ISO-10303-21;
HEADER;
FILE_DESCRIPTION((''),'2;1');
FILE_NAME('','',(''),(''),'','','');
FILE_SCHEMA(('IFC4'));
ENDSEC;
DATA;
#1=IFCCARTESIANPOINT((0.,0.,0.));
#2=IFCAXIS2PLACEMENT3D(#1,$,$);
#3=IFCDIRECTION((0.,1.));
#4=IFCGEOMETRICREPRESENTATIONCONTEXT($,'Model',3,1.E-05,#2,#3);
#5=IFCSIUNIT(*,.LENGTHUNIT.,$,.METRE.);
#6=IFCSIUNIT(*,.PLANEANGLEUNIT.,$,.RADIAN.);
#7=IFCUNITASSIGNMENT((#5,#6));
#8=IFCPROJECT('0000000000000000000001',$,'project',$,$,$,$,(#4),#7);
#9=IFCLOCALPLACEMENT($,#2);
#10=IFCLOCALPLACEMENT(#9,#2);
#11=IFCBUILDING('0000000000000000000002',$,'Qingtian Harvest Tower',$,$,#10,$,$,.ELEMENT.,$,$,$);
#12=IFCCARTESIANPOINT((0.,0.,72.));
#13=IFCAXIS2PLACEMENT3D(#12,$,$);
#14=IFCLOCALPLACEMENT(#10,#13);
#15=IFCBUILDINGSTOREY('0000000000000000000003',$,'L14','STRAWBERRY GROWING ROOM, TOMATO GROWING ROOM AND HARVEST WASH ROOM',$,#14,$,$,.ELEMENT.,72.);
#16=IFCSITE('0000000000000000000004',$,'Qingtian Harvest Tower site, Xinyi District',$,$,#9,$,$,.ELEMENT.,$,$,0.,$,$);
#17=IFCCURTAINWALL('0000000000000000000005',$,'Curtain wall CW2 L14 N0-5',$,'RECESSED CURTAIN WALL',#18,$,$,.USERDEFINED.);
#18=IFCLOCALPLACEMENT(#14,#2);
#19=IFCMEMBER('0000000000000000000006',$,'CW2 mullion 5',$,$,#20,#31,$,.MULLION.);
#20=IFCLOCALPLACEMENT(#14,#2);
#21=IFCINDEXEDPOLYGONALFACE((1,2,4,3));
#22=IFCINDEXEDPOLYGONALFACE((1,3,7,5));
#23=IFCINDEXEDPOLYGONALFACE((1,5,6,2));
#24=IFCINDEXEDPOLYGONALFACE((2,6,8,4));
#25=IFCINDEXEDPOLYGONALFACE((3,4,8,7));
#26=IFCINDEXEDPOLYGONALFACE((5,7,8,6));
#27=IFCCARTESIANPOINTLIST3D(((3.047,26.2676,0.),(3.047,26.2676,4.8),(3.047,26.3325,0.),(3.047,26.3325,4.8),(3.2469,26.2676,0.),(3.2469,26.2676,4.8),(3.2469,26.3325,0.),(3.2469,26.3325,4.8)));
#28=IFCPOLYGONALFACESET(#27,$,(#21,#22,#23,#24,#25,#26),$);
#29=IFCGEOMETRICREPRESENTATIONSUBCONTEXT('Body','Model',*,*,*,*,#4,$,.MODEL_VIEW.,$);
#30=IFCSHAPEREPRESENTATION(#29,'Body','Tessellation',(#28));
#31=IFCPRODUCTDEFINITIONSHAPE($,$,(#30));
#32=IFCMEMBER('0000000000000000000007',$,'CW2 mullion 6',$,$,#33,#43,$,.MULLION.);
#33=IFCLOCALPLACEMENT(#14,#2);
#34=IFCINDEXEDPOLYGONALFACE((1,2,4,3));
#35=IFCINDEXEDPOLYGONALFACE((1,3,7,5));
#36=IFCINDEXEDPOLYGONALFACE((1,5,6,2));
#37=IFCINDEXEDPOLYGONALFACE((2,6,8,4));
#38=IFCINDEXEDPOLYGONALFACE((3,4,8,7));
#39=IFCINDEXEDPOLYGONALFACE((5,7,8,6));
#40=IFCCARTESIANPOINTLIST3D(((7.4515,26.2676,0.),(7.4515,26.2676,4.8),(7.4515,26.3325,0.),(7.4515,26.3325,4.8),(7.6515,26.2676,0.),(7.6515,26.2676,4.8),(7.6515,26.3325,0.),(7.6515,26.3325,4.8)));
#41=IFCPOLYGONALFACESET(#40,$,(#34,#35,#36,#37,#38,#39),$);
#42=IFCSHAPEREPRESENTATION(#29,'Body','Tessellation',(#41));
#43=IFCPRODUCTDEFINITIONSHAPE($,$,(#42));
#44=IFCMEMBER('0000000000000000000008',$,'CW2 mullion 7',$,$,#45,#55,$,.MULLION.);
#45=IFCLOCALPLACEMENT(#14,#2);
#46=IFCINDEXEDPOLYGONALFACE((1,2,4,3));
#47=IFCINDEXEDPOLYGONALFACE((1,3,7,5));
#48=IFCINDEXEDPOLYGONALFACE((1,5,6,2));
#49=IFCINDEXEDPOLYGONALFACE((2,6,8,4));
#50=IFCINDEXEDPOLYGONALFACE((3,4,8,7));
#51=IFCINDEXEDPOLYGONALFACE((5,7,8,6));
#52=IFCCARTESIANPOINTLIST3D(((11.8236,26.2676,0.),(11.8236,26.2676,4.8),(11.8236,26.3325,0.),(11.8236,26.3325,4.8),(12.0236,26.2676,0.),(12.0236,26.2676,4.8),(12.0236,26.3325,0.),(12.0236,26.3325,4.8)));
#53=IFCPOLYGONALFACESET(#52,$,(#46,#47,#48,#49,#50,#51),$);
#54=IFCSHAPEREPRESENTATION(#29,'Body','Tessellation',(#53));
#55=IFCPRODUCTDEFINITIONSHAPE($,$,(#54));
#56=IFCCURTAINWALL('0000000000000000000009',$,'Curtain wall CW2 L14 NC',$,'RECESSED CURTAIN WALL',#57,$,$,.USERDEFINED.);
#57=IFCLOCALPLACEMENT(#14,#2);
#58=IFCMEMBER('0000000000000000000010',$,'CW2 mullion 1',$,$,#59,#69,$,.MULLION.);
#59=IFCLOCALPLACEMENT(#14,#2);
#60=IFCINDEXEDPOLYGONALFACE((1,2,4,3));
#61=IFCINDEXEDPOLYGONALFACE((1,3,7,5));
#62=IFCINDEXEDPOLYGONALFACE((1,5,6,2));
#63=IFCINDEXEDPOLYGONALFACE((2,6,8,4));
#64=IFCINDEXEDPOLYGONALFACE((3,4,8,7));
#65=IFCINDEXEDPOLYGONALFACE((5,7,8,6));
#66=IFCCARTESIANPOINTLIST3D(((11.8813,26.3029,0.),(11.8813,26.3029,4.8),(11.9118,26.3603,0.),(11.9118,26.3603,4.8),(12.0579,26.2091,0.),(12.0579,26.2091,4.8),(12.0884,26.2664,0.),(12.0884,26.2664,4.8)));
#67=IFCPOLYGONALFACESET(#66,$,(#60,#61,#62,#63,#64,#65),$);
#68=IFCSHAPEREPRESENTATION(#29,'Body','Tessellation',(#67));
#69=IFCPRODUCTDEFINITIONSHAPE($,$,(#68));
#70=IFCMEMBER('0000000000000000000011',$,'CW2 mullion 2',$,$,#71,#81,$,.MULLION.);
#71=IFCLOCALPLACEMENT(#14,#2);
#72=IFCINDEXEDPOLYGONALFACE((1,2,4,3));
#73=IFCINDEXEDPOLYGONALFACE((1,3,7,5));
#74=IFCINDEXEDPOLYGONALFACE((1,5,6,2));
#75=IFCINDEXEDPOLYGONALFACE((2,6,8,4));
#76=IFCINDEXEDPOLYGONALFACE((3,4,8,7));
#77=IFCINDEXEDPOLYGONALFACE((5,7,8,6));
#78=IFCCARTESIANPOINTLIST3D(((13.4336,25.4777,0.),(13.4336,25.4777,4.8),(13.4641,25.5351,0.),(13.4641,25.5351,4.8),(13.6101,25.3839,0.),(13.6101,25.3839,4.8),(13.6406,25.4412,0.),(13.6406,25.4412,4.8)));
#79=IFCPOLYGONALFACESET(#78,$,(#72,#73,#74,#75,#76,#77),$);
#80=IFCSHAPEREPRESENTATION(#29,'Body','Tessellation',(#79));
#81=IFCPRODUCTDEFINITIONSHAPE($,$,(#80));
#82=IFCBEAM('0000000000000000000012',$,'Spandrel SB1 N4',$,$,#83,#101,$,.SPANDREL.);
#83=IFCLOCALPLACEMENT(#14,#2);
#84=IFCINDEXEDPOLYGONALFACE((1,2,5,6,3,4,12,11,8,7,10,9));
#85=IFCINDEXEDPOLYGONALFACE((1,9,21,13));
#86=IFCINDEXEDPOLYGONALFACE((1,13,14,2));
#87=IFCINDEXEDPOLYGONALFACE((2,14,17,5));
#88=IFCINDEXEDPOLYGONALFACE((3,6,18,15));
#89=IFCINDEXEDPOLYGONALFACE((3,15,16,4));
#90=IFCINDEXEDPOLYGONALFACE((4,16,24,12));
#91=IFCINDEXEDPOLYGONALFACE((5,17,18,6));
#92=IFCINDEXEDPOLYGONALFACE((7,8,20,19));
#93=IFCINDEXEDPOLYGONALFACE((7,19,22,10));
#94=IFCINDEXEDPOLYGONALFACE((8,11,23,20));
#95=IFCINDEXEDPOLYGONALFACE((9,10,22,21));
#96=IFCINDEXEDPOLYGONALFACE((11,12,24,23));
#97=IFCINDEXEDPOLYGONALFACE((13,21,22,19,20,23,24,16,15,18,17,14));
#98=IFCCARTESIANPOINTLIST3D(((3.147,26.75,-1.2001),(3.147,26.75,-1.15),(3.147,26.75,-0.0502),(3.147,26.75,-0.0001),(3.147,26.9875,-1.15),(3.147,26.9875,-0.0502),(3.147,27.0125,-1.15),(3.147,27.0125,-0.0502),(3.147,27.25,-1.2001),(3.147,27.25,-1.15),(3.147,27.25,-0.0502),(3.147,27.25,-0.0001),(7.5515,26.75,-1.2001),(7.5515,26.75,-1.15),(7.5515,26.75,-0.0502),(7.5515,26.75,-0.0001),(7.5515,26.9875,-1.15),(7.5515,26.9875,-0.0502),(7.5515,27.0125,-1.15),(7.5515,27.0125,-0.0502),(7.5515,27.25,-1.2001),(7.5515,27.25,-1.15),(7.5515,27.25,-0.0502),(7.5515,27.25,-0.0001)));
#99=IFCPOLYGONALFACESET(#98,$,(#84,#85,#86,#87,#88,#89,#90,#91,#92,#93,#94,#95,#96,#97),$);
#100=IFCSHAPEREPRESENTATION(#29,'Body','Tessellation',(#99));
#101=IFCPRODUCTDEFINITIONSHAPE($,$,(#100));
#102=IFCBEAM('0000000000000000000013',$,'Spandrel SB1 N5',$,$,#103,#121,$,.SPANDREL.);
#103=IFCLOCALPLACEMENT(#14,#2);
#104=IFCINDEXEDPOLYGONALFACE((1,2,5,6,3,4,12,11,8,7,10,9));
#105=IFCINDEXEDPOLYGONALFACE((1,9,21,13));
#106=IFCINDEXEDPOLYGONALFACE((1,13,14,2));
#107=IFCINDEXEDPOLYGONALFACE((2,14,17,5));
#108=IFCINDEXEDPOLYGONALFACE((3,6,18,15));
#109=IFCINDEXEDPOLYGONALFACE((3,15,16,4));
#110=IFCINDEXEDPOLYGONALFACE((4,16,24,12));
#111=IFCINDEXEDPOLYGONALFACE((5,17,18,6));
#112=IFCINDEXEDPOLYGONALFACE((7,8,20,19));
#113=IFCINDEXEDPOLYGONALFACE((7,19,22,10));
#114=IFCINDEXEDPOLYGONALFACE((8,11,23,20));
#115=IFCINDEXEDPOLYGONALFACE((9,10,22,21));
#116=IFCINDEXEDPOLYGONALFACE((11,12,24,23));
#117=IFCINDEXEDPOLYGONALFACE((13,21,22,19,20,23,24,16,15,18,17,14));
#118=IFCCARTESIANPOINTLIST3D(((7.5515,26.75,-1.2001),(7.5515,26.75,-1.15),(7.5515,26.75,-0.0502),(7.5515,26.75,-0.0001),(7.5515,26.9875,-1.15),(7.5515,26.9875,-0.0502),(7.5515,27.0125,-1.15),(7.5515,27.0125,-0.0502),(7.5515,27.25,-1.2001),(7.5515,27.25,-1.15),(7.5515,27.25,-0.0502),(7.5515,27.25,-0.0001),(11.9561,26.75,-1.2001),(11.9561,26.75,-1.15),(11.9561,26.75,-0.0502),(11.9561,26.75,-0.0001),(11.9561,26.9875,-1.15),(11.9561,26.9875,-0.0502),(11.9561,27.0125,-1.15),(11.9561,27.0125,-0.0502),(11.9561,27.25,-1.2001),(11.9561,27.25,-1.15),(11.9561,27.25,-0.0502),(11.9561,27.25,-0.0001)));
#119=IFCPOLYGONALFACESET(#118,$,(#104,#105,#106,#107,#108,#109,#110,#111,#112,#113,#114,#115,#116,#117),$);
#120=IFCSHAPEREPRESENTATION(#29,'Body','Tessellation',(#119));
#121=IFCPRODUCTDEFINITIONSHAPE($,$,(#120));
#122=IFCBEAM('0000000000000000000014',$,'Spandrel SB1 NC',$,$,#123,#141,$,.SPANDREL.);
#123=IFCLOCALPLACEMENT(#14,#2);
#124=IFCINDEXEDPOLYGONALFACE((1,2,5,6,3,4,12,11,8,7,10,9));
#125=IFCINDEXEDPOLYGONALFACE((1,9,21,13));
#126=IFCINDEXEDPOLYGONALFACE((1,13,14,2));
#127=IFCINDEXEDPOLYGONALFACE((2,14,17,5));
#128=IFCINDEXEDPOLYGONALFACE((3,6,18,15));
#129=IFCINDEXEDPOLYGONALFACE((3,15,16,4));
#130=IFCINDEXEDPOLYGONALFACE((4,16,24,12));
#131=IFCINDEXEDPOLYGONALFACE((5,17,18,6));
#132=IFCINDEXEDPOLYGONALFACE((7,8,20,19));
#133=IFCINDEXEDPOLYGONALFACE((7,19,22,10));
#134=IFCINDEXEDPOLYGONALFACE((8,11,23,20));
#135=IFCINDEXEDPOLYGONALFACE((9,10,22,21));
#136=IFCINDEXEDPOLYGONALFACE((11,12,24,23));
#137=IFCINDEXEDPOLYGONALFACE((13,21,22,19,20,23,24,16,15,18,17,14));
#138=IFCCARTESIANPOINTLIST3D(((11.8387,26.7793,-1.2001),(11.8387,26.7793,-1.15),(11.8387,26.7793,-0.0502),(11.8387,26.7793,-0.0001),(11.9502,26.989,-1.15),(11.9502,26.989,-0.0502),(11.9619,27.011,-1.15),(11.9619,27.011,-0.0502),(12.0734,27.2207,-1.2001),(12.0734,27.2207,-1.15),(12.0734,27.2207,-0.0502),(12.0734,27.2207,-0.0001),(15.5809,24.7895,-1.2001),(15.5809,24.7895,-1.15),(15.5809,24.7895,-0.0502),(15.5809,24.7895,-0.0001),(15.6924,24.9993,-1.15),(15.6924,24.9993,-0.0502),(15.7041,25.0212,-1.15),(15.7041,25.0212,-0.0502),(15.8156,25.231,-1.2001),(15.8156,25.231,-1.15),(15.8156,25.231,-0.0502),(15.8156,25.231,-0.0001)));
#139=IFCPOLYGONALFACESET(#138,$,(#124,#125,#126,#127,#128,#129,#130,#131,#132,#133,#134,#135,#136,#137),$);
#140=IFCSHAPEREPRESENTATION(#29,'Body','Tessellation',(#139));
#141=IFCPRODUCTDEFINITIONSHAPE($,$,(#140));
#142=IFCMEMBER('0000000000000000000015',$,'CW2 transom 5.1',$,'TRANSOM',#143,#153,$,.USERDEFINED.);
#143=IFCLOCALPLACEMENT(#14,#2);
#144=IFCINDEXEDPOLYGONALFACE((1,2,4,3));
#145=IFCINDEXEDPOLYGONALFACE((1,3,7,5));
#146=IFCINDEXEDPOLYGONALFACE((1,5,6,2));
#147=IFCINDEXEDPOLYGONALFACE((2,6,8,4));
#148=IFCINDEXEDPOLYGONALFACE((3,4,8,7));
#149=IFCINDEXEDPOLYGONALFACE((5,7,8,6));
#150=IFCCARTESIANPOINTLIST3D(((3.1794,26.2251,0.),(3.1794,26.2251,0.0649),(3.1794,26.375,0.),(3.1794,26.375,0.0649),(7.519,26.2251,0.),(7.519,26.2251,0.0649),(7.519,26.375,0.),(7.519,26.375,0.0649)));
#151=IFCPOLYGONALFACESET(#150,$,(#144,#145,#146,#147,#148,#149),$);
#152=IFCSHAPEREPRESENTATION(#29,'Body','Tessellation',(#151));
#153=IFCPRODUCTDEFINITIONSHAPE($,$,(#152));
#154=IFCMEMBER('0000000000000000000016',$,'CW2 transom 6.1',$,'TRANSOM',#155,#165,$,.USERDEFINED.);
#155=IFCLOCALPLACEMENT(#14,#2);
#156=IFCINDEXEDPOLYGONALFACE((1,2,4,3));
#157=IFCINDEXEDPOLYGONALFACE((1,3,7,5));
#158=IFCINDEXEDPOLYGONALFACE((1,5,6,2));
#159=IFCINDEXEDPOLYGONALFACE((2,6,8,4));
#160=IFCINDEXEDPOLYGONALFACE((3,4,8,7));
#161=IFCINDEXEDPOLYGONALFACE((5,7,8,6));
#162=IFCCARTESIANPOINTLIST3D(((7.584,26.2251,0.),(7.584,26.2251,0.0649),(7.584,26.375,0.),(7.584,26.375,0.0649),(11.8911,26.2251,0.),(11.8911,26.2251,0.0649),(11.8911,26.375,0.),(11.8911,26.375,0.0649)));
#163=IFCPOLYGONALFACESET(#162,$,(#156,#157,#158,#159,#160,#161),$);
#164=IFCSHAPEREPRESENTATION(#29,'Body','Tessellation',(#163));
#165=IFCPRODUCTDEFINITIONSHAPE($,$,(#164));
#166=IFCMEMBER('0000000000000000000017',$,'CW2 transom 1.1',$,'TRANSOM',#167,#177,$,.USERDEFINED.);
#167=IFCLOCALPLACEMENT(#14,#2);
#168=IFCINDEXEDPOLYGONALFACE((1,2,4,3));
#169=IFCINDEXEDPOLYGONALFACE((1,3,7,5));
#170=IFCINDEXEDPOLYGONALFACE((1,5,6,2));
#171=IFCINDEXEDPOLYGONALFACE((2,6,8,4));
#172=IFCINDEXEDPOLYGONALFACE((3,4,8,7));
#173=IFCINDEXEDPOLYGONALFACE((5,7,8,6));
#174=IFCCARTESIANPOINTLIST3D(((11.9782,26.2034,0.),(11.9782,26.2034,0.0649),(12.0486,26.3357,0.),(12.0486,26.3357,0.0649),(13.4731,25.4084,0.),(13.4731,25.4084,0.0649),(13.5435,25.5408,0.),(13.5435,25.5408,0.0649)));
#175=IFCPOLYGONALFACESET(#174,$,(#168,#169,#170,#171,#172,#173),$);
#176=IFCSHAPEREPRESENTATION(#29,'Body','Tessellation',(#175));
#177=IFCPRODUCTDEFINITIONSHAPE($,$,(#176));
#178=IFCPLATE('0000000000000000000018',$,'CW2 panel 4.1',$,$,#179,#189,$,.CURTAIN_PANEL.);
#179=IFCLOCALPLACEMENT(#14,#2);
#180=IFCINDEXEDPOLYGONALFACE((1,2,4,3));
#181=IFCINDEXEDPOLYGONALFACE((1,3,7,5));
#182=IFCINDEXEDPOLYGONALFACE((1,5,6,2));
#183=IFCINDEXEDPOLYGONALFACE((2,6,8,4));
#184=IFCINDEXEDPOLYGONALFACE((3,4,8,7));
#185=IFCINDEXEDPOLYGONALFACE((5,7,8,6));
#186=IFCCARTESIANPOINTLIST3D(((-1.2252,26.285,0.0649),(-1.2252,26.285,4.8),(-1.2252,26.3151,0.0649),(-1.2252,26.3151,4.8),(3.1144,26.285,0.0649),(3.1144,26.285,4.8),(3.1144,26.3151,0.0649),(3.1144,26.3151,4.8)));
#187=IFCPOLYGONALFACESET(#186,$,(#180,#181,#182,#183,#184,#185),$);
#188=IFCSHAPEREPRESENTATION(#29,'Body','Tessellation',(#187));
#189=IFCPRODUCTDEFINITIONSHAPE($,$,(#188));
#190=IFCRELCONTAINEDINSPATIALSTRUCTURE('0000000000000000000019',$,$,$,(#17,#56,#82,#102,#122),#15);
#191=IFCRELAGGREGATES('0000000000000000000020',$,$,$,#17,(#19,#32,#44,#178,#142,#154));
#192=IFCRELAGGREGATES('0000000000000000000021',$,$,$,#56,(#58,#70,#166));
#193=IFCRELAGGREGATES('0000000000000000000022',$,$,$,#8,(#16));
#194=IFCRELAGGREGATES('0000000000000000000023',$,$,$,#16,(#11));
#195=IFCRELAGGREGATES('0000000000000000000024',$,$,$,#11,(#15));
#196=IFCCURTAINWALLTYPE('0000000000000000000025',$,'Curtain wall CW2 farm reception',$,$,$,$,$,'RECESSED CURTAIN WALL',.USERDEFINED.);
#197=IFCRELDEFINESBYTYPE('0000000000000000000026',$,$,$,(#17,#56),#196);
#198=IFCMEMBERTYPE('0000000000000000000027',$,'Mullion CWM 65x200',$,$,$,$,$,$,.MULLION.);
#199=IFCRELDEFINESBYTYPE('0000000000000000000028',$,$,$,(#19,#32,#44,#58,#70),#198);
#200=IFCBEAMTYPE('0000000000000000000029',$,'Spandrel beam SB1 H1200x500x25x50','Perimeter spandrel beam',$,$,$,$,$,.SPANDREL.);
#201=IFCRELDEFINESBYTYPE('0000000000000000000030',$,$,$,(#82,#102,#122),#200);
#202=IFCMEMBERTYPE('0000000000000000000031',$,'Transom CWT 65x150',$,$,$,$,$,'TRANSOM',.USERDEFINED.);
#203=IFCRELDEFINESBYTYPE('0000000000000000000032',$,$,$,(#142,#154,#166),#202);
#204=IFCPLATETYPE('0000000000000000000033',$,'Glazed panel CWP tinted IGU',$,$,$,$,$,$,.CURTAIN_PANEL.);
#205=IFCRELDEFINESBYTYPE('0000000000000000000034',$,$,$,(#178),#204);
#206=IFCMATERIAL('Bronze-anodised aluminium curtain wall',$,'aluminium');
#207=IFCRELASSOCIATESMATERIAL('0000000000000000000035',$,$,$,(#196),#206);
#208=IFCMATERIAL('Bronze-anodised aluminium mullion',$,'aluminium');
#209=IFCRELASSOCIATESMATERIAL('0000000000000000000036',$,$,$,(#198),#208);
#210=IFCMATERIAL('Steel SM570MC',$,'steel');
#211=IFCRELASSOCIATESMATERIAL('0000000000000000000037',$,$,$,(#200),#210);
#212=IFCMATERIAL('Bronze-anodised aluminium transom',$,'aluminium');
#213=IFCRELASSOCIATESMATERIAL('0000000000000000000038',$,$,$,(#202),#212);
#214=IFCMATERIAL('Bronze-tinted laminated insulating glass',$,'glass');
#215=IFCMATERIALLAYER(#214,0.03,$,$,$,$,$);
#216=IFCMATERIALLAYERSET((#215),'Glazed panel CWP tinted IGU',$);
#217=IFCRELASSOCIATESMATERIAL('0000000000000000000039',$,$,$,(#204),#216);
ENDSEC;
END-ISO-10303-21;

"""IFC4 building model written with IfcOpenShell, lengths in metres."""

from ifc_helpers import new_model, si_unit, direction, frame, origin, origin_2d, place, context, subcontext, project, spatial, rectangle, i_section, extrude, material, layer, layer_set, material_profile, profile_set, type_object, element, aggregate, save


model = new_model("IFC4")

# Units and contexts
model_context = context("Model", 3, precision=1e-05, world=origin(), true_north=direction((0.0, 1.0)))
body_context = subcontext(model_context, "Body", "Model", "MODEL_VIEW")
ifc_project = project(units=[si_unit("LENGTHUNIT", "METRE"), si_unit("PLANEANGLEUNIT", "RADIAN")], contexts=[model_context])

# Site, building, storey
site_placement = place(None, origin())
site = spatial("IfcSite", under=ifc_project, at=site_placement, Name="Qingtian Harvest Tower site, Xinyi District", CompositionType="ELEMENT", RefElevation=0.0)
building_placement = place(site_placement, origin())
building = spatial("IfcBuilding", under=site, at=building_placement, Name="Qingtian Harvest Tower", CompositionType="ELEMENT")
storey_placement = place(building_placement, frame((0.0, 0.0, 72.0)))
storey = spatial("IfcBuildingStorey", under=building, at=storey_placement, Name="L14", Description="STRAWBERRY GROWING ROOM, TOMATO GROWING ROOM AND HARVEST WASH ROOM", CompositionType="ELEMENT", Elevation=72.0)

# Curtain walls, members
ifc_material_1 = material(Name="Bronze-anodised aluminium curtain wall", Category="aluminium")
curtain_wall_type = type_object("IfcCurtainWallType", Name="Curtain wall CW2 farm reception", ElementType="RECESSED CURTAIN WALL", PredefinedType="USERDEFINED", material=ifc_material_1)
curtain_wall_1_placement = place(storey_placement, origin())
curtain_wall_1 = element("IfcCurtainWall", 1, at=curtain_wall_1_placement, inside=storey, type_object=curtain_wall_type, Name="Curtain wall CW2 L14 N0-5", ObjectType="RECESSED CURTAIN WALL", PredefinedType="USERDEFINED")
ifc_material_2 = material(Name="Bronze-anodised aluminium mullion", Category="aluminium")
ifc_material_profile_1 = material_profile(ifc_material_2, rectangle(XDim=0.0649, YDim=0.2, at=origin_2d()), Name="AL 65x200")
ifc_profile_set_1 = profile_set([ifc_material_profile_1], Name="Bronze-anodised aluminium mullion")
member_type_1 = type_object("IfcMemberType", Name="Mullion CWM 65x200", PredefinedType="MULLION", material=ifc_profile_set_1)
member_1_placement = place(storey_placement, frame((3.147, 26.3, 0.0), z_axis=(0.0, 0.0, 1.0), x_axis=(0.0, 1.0, 0.0)))
member_1 = element("IfcMember", 2, at=member_1_placement, type_object=member_type_1, Name="CW2 mullion 5", PredefinedType="MULLION", context=body_context, shape_type="SweptSolid", body=[
    extrude(rectangle(XDim=0.0649, YDim=0.2, at=origin_2d()), origin(), (0.0, 0.0, 1.0), 4.8),
])
member_2_placement = place(storey_placement, frame((7.5515, 26.3, 0.0), z_axis=(0.0, 0.0, 1.0), x_axis=(0.0, 1.0, 0.0)))
member_2 = element("IfcMember", 3, at=member_2_placement, type_object=member_type_1, Name="CW2 mullion 6", PredefinedType="MULLION", context=body_context, shape_type="SweptSolid", body=[
    extrude(rectangle(XDim=0.0649, YDim=0.2, at=origin_2d()), origin(), (0.0, 0.0, 1.0), 4.8),
])
member_3_placement = place(storey_placement, frame((11.9236, 26.3, 0.0), z_axis=(0.0, 0.0, 1.0), x_axis=(0.0, 1.0, 0.0)))
member_3 = element("IfcMember", 4, at=member_3_placement, type_object=member_type_1, Name="CW2 mullion 7", PredefinedType="MULLION", context=body_context, shape_type="SweptSolid", body=[
    extrude(rectangle(XDim=0.0649, YDim=0.2, at=origin_2d()), origin(), (0.0, 0.0, 1.0), 4.8),
])
curtain_wall_2_placement = place(storey_placement, origin())
curtain_wall_2 = element("IfcCurtainWall", 5, at=curtain_wall_2_placement, inside=storey, type_object=curtain_wall_type, Name="Curtain wall CW2 L14 NC", ObjectType="RECESSED CURTAIN WALL", PredefinedType="USERDEFINED")
member_4_placement = place(storey_placement, frame((11.9849, 26.2847, 0.0), z_axis=(0.0, 0.0, 1.0), x_axis=(0.469472, 0.882948, 0.0)))
member_4 = element("IfcMember", 6, at=member_4_placement, type_object=member_type_1, Name="CW2 mullion 1", PredefinedType="MULLION", context=body_context, shape_type="SweptSolid", body=[
    extrude(rectangle(XDim=0.0649, YDim=0.2, at=origin_2d()), origin(), (0.0, 0.0, 1.0), 4.8),
])
member_5_placement = place(storey_placement, frame((13.5371, 25.4595, 0.0), z_axis=(0.0, 0.0, 1.0), x_axis=(0.469472, 0.882948, 0.0)))
member_5 = element("IfcMember", 7, at=member_5_placement, type_object=member_type_1, Name="CW2 mullion 2", PredefinedType="MULLION", context=body_context, shape_type="SweptSolid", body=[
    extrude(rectangle(XDim=0.0649, YDim=0.2, at=origin_2d()), origin(), (0.0, 0.0, 1.0), 4.8),
])

# Beams
ifc_material_3 = material(Name="Steel SM570MC", Category="steel")
ifc_material_profile_2 = material_profile(ifc_material_3, i_section(OverallWidth=0.5, OverallDepth=1.2, WebThickness=0.0249, FlangeThickness=0.05, at=origin_2d()), Name="H1200x500x25x50")
ifc_profile_set_2 = profile_set([ifc_material_profile_2], Name="Steel SM570MC")
beam_type_1 = type_object("IfcBeamType", Name="Spandrel beam SB1 H1200x500x25x50", Description="Perimeter spandrel beam", PredefinedType="SPANDREL", material=ifc_profile_set_2)
for number, where, z_axis, x_axis, name in (
    (8, (3.147, 27.0, -0.6001), (1.0, 0.0, 0.0), (0.0, 1.0, 0.0), "Spandrel SB1 N4"),
    (9, (7.5515, 27.0, -0.6001), (1.0, 0.0, 0.0), (0.0, 1.0, 0.0), "Spandrel SB1 N5"),
):
    element("IfcBeam", number, at=place(storey_placement, frame(where, z_axis=z_axis, x_axis=x_axis)), inside=storey, type_object=beam_type_1, Name=name, PredefinedType="SPANDREL", context=body_context, shape_type="SweptSolid", body=[
        extrude(i_section(OverallWidth=0.5, OverallDepth=1.2, WebThickness=0.0249, FlangeThickness=0.05, at=origin_2d()), origin(), (0.0, 0.0, 1.0), 4.4045),
    ])
beam_1_placement = place(storey_placement, frame((11.9561, 27.0, -0.6001), z_axis=(0.882949, -0.46947, 0.0), x_axis=(0.46947, 0.882949, 0.0)))
element("IfcBeam", 10, at=beam_1_placement, inside=storey, type_object=beam_type_1, Name="Spandrel SB1 NC", PredefinedType="SPANDREL", context=body_context, shape_type="SweptSolid", body=[
    extrude(i_section(OverallWidth=0.5, OverallDepth=1.2, WebThickness=0.0249, FlangeThickness=0.05, at=origin_2d()), origin(), (0.0, 0.0, 1.0), 4.2383),
])

# Members
ifc_material_4 = material(Name="Bronze-anodised aluminium transom", Category="aluminium")
ifc_material_profile_3 = material_profile(ifc_material_4, rectangle(XDim=0.1499, YDim=0.0649, at=origin_2d()), Name="AL 65x150")
ifc_profile_set_3 = profile_set([ifc_material_profile_3], Name="Bronze-anodised aluminium transom")
member_type_2 = type_object("IfcMemberType", Name="Transom CWT 65x150", ElementType="TRANSOM", PredefinedType="USERDEFINED", material=ifc_profile_set_3)
member_6_placement = place(storey_placement, frame((3.1794, 26.3, 0.0325), z_axis=(1.0, 0.0, 0.0), x_axis=(0.0, 1.0, 0.0)))
member_6 = element("IfcMember", 11, at=member_6_placement, type_object=member_type_2, Name="CW2 transom 5.1", ObjectType="TRANSOM", PredefinedType="USERDEFINED", context=body_context, shape_type="SweptSolid", body=[
    extrude(rectangle(XDim=0.1499, YDim=0.0649, at=origin_2d()), origin(), (0.0, 0.0, 1.0), 4.3396),
])
member_7_placement = place(storey_placement, frame((7.584, 26.3, 0.0325), z_axis=(1.0, 0.0, 0.0), x_axis=(0.0, 1.0, 0.0)))
member_7 = element("IfcMember", 12, at=member_7_placement, type_object=member_type_2, Name="CW2 transom 6.1", ObjectType="TRANSOM", PredefinedType="USERDEFINED", context=body_context, shape_type="SweptSolid", body=[
    extrude(rectangle(XDim=0.1499, YDim=0.0649, at=origin_2d()), origin(), (0.0, 0.0, 1.0), 4.3071),
])
member_8_placement = place(storey_placement, frame((12.0134, 26.2695, 0.0325), z_axis=(0.882927, -0.46951, 0.0), x_axis=(0.46951, 0.882927, 0.0)))
member_8 = element("IfcMember", 13, at=member_8_placement, type_object=member_type_2, Name="CW2 transom 1.1", ObjectType="TRANSOM", PredefinedType="USERDEFINED", context=body_context, shape_type="SweptSolid", body=[
    extrude(rectangle(XDim=0.1499, YDim=0.0649, at=origin_2d()), origin(), (0.0, 0.0, 1.0), 1.6931),
])

# Plate
ifc_material_5 = material(Name="Bronze-tinted laminated insulating glass", Category="glass")
ifc_layer_1 = layer(ifc_material_5, 0.03)
ifc_layer_set_1 = layer_set([ifc_layer_1], Name="Glazed panel CWP tinted IGU")
plate_type = type_object("IfcPlateType", Name="Glazed panel CWP tinted IGU", PredefinedType="CURTAIN_PANEL", material=ifc_layer_set_1)
plate_1_placement = place(storey_placement, frame((0.9446, 26.3, 0.0649), z_axis=(0.0, 0.0, 1.0), x_axis=(1.0, 0.0, 0.0)))
plate_1 = element("IfcPlate", 14, at=plate_1_placement, type_object=plate_type, Name="CW2 panel 4.1", PredefinedType="CURTAIN_PANEL", context=body_context, shape_type="SweptSolid", body=[
    extrude(rectangle(XDim=4.3396, YDim=0.03, at=origin_2d()), origin(), (0.0, 0.0, 1.0), 4.7351),
])
aggregate(curtain_wall_1, [member_1, member_2, member_3, plate_1, member_6, member_7])
aggregate(curtain_wall_2, [member_4, member_5, member_8])

save(model, "model.ifc")
